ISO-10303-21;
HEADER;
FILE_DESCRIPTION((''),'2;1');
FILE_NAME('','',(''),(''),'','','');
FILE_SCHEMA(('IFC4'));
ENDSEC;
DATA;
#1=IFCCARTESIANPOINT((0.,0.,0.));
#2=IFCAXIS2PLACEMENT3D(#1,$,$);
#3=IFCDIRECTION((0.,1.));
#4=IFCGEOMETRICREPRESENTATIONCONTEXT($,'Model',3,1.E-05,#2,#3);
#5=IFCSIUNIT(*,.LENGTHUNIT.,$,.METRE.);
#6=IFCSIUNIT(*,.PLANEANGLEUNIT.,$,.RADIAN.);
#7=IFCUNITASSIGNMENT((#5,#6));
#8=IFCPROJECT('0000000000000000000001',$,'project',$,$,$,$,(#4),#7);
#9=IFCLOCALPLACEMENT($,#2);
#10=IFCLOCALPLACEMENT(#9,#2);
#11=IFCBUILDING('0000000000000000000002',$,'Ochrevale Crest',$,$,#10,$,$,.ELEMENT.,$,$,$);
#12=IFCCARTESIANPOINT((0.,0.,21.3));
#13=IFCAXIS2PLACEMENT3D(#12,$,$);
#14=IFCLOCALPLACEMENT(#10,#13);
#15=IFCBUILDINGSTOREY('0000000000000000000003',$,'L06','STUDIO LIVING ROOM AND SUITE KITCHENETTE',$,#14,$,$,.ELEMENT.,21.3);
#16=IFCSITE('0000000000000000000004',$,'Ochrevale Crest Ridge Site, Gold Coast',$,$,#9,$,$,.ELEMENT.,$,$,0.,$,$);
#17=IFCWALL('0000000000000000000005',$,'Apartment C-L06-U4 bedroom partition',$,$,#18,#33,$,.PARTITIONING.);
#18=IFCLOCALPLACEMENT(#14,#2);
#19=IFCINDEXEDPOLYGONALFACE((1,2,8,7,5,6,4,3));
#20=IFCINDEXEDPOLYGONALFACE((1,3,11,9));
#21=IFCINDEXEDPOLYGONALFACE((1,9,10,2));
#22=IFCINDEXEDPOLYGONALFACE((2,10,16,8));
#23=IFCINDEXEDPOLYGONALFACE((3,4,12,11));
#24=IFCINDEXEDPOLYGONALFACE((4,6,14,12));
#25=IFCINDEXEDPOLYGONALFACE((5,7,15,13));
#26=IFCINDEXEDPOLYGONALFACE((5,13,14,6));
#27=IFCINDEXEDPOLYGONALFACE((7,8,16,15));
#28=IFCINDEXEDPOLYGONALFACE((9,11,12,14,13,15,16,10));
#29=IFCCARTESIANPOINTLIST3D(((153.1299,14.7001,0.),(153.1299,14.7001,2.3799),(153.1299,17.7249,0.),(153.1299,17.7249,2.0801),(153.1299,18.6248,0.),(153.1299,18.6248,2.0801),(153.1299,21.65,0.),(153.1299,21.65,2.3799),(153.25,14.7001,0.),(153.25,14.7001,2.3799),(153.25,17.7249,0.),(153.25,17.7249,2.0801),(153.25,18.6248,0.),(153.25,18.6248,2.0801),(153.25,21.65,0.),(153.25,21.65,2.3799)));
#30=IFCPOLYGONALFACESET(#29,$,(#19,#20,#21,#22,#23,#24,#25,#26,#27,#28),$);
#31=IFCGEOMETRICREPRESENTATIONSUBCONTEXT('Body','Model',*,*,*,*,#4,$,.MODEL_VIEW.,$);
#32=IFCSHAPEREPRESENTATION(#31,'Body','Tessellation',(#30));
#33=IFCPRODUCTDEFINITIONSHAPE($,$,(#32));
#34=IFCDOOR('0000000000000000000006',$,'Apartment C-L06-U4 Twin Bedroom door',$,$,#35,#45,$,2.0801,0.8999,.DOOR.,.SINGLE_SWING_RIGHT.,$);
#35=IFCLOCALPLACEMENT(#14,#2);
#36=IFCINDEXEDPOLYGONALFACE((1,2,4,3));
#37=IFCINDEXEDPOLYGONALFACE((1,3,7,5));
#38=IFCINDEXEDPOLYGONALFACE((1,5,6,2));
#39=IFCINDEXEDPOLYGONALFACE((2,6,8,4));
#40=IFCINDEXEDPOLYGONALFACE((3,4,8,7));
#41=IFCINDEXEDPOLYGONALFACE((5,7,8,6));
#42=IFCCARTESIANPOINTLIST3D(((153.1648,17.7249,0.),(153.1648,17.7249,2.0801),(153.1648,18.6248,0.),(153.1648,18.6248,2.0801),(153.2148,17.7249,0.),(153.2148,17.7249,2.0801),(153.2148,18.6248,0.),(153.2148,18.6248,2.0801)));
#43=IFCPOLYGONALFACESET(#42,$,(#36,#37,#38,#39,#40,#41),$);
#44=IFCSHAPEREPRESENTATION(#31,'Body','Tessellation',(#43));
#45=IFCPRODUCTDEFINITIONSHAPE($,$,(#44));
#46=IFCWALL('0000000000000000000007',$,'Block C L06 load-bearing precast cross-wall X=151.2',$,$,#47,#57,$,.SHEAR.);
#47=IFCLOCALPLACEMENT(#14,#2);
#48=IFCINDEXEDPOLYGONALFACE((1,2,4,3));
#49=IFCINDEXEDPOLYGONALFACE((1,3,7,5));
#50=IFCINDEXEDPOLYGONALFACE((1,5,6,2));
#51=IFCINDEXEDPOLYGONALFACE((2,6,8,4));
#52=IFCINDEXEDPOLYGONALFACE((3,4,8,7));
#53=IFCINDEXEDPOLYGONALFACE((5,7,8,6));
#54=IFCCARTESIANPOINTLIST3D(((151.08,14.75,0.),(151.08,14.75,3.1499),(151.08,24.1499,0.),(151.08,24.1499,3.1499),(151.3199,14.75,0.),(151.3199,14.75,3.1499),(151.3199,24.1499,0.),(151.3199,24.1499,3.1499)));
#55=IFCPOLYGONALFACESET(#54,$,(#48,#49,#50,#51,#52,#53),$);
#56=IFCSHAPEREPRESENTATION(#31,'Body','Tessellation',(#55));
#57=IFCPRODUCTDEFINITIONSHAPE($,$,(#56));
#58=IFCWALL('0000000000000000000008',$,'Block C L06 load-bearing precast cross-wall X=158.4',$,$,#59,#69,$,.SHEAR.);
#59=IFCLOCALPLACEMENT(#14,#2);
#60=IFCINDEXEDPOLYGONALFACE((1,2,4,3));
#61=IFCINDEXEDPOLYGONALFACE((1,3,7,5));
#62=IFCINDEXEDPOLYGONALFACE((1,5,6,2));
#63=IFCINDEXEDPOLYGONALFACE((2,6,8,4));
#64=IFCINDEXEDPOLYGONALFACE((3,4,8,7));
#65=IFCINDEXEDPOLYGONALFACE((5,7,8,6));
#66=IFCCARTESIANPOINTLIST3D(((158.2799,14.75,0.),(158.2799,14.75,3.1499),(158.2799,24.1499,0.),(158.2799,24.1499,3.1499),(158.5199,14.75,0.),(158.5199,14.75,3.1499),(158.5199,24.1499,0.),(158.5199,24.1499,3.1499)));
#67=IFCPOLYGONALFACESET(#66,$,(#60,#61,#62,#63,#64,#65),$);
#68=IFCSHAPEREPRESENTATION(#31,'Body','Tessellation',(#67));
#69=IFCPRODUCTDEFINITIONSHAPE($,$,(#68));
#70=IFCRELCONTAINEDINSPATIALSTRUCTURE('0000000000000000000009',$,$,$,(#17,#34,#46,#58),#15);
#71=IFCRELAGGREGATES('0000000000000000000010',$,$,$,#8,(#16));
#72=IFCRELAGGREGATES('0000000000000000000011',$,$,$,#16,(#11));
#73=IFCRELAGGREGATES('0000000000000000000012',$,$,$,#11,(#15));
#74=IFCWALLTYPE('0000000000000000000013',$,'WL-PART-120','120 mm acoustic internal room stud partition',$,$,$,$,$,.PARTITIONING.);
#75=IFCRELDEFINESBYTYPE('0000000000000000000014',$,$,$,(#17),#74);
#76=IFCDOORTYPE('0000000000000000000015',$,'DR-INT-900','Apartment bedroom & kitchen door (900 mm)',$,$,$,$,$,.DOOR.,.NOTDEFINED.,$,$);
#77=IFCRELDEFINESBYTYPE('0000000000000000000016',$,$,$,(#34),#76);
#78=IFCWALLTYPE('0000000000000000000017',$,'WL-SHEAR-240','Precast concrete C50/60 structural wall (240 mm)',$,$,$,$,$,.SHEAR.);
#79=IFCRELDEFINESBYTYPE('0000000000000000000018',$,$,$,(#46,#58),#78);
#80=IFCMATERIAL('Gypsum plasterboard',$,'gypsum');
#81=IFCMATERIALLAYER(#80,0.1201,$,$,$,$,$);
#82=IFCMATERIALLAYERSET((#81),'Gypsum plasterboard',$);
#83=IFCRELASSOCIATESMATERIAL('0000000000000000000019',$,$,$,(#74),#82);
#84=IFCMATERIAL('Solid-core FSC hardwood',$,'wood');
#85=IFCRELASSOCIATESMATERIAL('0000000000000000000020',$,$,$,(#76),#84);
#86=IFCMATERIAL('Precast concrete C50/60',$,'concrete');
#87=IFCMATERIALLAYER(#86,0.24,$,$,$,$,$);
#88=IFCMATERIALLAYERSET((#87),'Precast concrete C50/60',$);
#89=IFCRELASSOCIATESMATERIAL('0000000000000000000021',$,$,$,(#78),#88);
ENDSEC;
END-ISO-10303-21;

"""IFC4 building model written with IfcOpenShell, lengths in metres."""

from ifc_helpers import new_model, si_unit, direction, frame, frame_2d, origin, place, context, subcontext, project, spatial, rectangle, extrude, material, layer, layer_set, type_object, element, fill, save


model = new_model("IFC4")

# Units and contexts
model_context = context("Model", 3, precision=1e-05, world=origin(), true_north=direction((0.0, 1.0)))
body_context = subcontext(model_context, "Body", "Model", "MODEL_VIEW")
ifc_project = project(units=[si_unit("LENGTHUNIT", "METRE"), si_unit("PLANEANGLEUNIT", "RADIAN")], contexts=[model_context])

# Site, building, storey
site_placement = place(None, origin())
site = spatial("IfcSite", under=ifc_project, at=site_placement, Name="Ochrevale Crest Ridge Site, Gold Coast", CompositionType="ELEMENT", RefElevation=0.0)
building_placement = place(site_placement, origin())
building = spatial("IfcBuilding", under=site, at=building_placement, Name="Ochrevale Crest", CompositionType="ELEMENT")
storey_placement = place(building_placement, frame((0.0, 0.0, 21.3)))
storey = spatial("IfcBuildingStorey", under=building, at=storey_placement, Name="L06", Description="STUDIO LIVING ROOM AND SUITE KITCHENETTE", CompositionType="ELEMENT", Elevation=21.3)

# Shared definitions
ifc_material_1 = material(Name="Precast concrete C50/60", Category="concrete")

# Wall, opening, door
ifc_material_2 = material(Name="Gypsum plasterboard", Category="gypsum")
ifc_layer_1 = layer(ifc_material_2, 0.1201)
ifc_layer_set_1 = layer_set([ifc_layer_1], Name="Gypsum plasterboard")
wall_type_1 = type_object("IfcWallType", Name="WL-PART-120", Description="120 mm acoustic internal room stud partition", PredefinedType="PARTITIONING", material=ifc_layer_set_1)
ifc_material_3 = material(Name="Solid-core FSC hardwood", Category="wood")
door_type = type_object("IfcDoorType", Name="DR-INT-900", Description="Apartment bedroom & kitchen door (900 mm)", OperationType="NOTDEFINED", PredefinedType="DOOR", material=ifc_material_3)
wall_1_placement = place(storey_placement, frame((153.1899, 14.7, 0.0), z_axis=(0.0, 0.0, 1.0), x_axis=(0.0, 1.0, 0.0)))
wall_1 = element("IfcWall", 1, at=wall_1_placement, inside=storey, type_object=wall_type_1, Name="Apartment C-L06-U4 bedroom partition", PredefinedType="PARTITIONING", context=body_context, shape_type="SweptSolid", body=[
    extrude(rectangle(XDim=6.95, YDim=0.1201, at=frame_2d((3.4751, 0.0))), origin(), (0.0, 0.0, 1.0), 2.3799),
])
opening_1_placement = place(wall_1_placement, frame((3.9248, 0.0, 0.0), z_axis=(0.0, 0.0, 1.0), x_axis=(-1.0, 0.0, 0.0)))
opening_1 = element("IfcOpeningElement", 2, at=opening_1_placement, cuts=wall_1, PredefinedType="OPENING", context=body_context, shape_type="SweptSolid", body=[
    extrude(rectangle(XDim=0.8999, YDim=2.0801, at=frame_2d((0.45, 1.04))), frame((0.0, 0.0701, 0.0), z_axis=(0.0, -1.0, 0.0), x_axis=(1.0, 0.0, 0.0)), (0.0, 0.0, 1.0), 0.1401),
])
door_1_placement = place(opening_1_placement, origin())
door_1 = element("IfcDoor", 3, at=door_1_placement, inside=storey, type_object=door_type, Name="Apartment C-L06-U4 Twin Bedroom door", OperationType="SINGLE_SWING_RIGHT", OverallHeight=2.0801, OverallWidth=0.8999, PredefinedType="DOOR", context=body_context, shape_type="SweptSolid", body=[
    extrude(rectangle(XDim=0.8999, YDim=2.0801, at=frame_2d((0.45, 1.04))), frame((0.0, 0.0249, 0.0), z_axis=(0.0, -1.0, 0.0), x_axis=(1.0, 0.0, 0.0)), (0.0, 0.0, 1.0), 0.05),
])
fill(opening_1, door_1)

# Walls
ifc_layer_2 = layer(ifc_material_1, 0.24)
ifc_layer_set_2 = layer_set([ifc_layer_2], Name="Precast concrete C50/60")
wall_type_2 = type_object("IfcWallType", Name="WL-SHEAR-240", Description="Precast concrete C50/60 structural wall (240 mm)", PredefinedType="SHEAR", material=ifc_layer_set_2)
for number, where, z_axis, x_axis, name in (
    (4, (151.2, 14.75, 0.0), (0.0, 0.0, 1.0), (0.0, 1.0, 0.0), "Block C L06 load-bearing precast cross-wall X=151.2"),
    (5, (158.3999, 14.75, 0.0), (0.0, 0.0, 1.0), (0.0, 1.0, 0.0), "Block C L06 load-bearing precast cross-wall X=158.4"),
):
    element("IfcWall", number, at=place(storey_placement, frame(where, z_axis=z_axis, x_axis=x_axis)), inside=storey, type_object=wall_type_2, Name=name, PredefinedType="SHEAR", context=body_context, shape_type="SweptSolid", body=[
        extrude(rectangle(XDim=9.3999, YDim=0.24, at=frame_2d((4.7, 0.0))), origin(), (0.0, 0.0, 1.0), 3.1499),
    ])

save(model, "model.ifc")
